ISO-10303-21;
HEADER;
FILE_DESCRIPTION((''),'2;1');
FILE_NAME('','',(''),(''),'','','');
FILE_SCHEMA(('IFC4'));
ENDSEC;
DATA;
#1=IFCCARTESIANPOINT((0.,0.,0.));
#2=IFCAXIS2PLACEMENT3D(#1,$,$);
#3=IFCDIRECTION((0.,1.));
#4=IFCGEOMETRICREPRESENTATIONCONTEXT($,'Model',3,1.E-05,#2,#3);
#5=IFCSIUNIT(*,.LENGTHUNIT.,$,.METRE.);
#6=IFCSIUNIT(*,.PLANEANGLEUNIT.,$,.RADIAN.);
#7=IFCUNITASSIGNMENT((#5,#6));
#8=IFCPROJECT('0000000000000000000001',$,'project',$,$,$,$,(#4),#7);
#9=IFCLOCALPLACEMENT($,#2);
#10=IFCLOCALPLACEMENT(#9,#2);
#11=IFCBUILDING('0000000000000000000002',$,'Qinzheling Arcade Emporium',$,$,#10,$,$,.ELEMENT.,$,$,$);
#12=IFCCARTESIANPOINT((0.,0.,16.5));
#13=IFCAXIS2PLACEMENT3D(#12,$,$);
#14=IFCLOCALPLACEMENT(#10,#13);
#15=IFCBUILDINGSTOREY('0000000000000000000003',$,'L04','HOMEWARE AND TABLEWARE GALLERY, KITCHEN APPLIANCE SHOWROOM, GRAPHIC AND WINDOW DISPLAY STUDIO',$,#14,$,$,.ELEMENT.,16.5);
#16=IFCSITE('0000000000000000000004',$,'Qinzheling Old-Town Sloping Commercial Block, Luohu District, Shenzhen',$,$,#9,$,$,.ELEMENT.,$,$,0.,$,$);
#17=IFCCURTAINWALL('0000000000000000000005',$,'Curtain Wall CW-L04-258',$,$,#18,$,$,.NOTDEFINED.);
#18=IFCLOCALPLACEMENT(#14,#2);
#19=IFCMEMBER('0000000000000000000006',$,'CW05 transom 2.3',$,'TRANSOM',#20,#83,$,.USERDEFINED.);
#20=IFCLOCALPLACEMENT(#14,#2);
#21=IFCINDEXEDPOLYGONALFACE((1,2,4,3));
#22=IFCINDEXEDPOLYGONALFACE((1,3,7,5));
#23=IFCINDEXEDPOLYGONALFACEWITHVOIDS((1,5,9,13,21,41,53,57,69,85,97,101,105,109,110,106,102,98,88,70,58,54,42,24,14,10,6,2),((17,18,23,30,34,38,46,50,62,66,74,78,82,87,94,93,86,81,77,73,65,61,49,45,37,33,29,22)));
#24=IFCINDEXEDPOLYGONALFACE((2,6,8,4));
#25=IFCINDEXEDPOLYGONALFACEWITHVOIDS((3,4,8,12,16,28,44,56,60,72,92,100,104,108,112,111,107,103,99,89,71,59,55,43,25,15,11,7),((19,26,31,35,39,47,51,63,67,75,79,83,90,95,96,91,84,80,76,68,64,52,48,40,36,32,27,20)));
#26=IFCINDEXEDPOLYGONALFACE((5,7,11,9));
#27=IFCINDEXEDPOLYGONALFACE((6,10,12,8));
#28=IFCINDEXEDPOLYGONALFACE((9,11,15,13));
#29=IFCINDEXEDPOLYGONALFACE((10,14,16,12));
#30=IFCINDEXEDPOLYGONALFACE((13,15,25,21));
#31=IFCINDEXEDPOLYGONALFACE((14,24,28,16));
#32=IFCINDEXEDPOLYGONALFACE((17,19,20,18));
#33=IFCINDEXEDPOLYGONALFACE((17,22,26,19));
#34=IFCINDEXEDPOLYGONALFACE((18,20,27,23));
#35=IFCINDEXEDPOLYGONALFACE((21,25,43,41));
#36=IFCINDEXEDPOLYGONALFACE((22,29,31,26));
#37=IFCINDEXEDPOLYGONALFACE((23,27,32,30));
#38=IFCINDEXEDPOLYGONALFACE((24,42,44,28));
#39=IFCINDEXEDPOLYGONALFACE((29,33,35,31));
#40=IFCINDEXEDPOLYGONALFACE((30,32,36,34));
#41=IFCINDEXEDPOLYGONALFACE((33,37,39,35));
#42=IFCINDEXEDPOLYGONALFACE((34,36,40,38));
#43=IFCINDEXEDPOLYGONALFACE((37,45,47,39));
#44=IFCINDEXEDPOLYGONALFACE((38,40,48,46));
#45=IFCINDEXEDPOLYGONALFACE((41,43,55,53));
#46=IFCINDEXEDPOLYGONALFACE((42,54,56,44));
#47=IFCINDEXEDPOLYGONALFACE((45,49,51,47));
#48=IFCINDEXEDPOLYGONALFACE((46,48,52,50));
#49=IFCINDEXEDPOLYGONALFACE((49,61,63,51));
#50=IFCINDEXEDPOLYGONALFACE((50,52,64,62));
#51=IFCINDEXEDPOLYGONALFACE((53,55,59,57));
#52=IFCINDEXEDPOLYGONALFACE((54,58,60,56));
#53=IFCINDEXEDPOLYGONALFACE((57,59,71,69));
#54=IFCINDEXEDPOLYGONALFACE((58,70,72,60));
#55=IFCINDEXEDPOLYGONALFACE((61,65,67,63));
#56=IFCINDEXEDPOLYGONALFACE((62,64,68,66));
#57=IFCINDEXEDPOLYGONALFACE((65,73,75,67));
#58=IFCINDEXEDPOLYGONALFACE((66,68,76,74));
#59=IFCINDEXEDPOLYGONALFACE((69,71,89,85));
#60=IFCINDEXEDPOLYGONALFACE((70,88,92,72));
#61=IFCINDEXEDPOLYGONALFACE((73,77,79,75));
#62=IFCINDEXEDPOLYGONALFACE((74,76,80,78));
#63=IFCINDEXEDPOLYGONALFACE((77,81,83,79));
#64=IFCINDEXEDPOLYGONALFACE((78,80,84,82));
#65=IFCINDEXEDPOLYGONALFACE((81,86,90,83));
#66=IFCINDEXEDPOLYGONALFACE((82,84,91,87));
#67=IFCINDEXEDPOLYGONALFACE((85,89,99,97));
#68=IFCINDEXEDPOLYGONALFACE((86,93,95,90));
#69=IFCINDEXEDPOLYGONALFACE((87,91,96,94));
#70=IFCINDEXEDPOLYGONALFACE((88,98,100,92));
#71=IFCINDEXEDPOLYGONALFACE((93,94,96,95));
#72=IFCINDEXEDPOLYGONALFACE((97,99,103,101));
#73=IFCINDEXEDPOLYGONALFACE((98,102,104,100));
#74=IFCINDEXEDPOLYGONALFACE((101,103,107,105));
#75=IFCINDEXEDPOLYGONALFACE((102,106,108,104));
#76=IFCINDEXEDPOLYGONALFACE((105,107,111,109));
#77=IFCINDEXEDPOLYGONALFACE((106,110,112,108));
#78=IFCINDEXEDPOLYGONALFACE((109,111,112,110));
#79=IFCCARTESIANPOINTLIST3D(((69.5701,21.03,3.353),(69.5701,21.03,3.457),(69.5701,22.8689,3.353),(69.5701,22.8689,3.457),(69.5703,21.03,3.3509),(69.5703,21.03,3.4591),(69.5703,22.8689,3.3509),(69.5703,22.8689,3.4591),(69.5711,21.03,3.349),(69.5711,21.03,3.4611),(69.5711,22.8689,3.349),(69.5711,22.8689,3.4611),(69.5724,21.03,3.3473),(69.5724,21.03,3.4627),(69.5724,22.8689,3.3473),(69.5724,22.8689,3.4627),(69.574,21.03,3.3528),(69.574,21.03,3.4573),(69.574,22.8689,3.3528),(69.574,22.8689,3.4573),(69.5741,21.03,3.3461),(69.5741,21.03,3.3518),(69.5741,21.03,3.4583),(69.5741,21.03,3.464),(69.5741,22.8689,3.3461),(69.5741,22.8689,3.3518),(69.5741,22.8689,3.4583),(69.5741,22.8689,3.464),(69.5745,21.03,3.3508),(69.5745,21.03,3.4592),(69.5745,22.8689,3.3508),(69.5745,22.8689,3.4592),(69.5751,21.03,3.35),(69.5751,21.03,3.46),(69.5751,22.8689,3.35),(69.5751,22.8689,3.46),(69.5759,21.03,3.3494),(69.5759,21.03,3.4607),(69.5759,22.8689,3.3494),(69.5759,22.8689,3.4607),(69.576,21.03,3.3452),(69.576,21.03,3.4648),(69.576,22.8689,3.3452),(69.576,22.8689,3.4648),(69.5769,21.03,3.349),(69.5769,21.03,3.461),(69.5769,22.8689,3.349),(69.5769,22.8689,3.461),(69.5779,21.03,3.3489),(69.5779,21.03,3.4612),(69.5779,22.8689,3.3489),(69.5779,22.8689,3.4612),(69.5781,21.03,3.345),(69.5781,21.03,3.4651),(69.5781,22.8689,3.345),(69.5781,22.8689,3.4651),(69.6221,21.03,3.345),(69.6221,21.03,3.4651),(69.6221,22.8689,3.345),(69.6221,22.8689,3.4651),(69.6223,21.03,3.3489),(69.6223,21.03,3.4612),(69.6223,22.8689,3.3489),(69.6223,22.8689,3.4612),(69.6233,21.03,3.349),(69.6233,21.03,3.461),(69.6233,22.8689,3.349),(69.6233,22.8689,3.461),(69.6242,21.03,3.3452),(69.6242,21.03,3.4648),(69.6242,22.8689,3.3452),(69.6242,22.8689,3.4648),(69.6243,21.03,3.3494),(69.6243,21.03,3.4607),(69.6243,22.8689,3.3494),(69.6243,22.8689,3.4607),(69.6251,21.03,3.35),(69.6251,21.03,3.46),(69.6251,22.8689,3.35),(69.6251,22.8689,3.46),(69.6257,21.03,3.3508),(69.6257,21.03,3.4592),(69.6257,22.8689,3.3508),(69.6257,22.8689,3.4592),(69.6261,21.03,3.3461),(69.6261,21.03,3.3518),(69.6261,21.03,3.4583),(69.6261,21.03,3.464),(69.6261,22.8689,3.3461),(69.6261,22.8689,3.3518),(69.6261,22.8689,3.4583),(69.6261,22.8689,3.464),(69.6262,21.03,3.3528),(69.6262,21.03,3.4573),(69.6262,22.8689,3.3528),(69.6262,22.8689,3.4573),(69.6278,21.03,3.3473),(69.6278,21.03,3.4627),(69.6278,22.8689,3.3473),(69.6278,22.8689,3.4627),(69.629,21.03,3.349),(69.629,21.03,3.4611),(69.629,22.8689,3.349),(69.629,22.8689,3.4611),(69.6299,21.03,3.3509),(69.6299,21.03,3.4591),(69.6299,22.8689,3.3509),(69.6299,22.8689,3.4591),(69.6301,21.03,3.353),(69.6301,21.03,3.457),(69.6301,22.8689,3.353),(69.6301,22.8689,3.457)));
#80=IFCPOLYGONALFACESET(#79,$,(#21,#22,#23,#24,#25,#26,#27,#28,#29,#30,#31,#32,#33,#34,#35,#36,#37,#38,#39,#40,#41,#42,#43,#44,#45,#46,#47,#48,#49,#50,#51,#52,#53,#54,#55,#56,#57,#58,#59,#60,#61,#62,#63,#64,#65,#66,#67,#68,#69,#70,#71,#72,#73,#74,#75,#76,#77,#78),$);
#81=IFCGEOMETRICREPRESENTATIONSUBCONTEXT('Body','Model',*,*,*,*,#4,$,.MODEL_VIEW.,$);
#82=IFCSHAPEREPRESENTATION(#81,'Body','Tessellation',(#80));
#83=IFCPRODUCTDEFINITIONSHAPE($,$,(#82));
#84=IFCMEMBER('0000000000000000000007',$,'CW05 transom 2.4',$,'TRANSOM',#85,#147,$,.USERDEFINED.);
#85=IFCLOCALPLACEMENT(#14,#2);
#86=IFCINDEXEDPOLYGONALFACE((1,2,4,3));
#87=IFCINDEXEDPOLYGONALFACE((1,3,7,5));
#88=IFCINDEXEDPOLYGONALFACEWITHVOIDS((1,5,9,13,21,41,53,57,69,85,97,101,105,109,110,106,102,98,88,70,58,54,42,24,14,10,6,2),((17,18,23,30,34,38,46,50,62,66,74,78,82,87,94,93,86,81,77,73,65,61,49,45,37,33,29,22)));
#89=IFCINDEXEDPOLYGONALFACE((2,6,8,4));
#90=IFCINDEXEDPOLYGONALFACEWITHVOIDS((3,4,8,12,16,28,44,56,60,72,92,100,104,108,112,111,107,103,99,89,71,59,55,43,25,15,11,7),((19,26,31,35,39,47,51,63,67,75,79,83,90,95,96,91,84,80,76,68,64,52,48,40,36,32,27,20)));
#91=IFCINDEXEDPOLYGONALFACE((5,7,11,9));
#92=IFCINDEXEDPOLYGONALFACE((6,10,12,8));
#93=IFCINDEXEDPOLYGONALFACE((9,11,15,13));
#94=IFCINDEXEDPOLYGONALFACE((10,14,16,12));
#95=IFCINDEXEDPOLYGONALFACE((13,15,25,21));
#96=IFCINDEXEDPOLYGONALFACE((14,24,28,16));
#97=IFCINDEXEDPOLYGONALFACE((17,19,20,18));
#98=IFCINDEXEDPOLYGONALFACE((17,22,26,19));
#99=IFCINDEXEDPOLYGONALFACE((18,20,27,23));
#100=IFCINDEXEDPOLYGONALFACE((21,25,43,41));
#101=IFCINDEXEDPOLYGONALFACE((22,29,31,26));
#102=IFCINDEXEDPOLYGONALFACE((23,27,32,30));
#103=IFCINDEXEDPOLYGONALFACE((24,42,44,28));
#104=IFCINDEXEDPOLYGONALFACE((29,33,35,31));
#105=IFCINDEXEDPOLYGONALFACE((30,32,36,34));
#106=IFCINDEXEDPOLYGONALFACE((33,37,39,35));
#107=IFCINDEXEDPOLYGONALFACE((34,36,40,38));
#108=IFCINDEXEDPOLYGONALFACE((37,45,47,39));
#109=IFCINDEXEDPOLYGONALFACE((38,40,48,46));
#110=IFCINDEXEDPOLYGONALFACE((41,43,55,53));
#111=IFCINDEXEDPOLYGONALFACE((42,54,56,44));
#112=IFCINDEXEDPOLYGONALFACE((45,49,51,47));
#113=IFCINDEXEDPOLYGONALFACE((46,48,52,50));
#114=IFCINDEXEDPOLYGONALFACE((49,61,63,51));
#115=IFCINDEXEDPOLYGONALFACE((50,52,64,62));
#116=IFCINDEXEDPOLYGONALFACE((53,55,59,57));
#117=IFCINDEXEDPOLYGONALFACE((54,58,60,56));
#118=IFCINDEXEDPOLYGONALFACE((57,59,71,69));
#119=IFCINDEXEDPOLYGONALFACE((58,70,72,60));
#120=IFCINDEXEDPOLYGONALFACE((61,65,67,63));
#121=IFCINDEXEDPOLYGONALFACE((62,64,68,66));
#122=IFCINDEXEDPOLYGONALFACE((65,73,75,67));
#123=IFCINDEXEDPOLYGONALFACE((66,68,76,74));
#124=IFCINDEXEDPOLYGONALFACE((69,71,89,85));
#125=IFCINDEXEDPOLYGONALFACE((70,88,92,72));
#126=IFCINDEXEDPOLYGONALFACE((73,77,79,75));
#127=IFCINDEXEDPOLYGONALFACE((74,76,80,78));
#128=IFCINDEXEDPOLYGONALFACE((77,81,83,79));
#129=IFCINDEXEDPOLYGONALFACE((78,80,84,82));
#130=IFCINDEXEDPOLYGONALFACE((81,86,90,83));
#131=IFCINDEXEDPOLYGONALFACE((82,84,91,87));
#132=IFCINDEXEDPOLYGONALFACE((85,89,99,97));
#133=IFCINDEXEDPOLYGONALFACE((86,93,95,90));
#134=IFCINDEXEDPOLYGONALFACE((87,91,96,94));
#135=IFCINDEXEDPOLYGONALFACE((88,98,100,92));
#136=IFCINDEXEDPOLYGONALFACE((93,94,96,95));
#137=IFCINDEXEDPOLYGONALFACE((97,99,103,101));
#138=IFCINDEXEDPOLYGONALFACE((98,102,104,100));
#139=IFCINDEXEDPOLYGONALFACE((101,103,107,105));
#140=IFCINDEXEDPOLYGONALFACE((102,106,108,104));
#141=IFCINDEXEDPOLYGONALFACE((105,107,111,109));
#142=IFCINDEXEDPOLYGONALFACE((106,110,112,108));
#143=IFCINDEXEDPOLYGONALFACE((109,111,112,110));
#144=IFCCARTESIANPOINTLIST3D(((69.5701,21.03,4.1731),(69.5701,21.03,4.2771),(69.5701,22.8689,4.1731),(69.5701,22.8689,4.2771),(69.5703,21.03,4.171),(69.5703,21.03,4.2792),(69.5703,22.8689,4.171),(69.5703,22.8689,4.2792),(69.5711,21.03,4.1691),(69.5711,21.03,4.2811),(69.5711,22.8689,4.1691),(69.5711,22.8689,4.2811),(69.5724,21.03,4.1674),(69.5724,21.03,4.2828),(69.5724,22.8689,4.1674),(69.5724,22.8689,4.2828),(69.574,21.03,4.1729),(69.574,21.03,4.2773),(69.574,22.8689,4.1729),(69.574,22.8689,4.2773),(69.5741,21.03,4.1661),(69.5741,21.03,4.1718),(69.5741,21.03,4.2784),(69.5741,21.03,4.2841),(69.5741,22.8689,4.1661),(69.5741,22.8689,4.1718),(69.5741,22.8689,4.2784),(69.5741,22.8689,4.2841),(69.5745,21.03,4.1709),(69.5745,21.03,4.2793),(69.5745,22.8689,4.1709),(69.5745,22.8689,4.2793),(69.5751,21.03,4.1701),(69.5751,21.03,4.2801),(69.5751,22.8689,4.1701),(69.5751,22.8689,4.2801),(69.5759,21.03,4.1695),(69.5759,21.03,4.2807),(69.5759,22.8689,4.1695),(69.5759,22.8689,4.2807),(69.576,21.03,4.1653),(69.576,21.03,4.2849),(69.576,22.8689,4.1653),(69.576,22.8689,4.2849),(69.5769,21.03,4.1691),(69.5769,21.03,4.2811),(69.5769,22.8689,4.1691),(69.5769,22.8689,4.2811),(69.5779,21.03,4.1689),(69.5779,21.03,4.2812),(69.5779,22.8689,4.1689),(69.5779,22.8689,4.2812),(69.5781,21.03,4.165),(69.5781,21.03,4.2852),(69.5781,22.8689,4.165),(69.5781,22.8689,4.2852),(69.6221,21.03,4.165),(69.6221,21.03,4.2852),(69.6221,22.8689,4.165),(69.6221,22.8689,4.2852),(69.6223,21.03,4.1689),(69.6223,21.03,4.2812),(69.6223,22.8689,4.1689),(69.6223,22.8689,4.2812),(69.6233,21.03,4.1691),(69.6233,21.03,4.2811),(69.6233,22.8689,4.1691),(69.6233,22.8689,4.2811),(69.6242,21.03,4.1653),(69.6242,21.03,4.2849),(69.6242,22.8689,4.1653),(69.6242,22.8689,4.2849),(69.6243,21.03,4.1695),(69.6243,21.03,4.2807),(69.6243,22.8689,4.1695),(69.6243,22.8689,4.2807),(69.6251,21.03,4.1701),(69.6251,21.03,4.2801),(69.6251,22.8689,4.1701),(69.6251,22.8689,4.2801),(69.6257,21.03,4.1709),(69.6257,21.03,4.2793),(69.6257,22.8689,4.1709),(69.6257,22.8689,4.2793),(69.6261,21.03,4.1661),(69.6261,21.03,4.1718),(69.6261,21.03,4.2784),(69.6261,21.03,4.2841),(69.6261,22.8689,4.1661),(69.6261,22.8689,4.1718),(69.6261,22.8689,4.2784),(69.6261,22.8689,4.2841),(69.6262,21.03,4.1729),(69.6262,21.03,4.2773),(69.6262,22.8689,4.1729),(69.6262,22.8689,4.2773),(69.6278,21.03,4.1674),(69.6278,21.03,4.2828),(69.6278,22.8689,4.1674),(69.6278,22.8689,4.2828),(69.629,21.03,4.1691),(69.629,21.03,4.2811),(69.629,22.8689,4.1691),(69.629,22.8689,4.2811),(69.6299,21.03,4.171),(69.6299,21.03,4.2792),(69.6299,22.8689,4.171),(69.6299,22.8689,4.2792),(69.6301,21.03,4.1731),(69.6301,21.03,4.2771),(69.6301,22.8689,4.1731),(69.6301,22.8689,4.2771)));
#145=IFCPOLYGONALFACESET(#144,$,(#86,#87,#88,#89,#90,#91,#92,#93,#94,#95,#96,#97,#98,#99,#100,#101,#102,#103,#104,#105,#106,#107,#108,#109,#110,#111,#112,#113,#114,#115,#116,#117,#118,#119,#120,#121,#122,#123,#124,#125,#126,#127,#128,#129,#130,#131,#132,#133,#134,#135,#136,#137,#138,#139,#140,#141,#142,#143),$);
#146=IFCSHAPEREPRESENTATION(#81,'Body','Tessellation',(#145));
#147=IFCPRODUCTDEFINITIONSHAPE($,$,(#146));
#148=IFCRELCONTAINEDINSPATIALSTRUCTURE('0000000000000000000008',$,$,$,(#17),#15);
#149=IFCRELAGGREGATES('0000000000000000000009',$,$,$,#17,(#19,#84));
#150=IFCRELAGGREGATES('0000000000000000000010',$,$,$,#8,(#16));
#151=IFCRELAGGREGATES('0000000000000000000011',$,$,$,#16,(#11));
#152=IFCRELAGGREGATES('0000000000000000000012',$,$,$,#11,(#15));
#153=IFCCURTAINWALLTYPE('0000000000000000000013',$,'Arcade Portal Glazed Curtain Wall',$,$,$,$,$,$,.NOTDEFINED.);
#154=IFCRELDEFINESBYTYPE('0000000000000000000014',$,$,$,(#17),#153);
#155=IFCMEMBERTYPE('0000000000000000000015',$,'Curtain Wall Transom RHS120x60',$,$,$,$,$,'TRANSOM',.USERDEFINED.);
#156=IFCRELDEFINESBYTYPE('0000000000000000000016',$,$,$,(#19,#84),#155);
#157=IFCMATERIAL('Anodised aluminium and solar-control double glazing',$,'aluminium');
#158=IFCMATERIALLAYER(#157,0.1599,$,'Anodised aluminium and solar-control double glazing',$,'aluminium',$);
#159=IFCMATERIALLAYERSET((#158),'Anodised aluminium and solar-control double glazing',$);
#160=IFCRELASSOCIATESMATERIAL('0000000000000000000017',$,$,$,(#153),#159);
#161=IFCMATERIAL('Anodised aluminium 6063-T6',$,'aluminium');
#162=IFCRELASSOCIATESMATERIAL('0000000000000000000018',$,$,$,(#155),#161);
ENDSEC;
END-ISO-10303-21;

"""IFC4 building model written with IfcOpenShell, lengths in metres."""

from ifc_helpers import new_model, si_unit, direction, frame, origin, origin_2d, place, context, subcontext, project, spatial, hollow_rectangle, extrude, material, layer, layer_set, material_profile, profile_set, type_object, element, aggregate, save


model = new_model("IFC4")

# Units and contexts
model_context = context("Model", 3, precision=1e-05, world=origin(), true_north=direction((0.0, 1.0)))
body_context = subcontext(model_context, "Body", "Model", "MODEL_VIEW")
ifc_project = project(units=[si_unit("LENGTHUNIT", "METRE"), si_unit("PLANEANGLEUNIT", "RADIAN")], contexts=[model_context])

# Site, building, storey
site_placement = place(None, origin())
site = spatial("IfcSite", under=ifc_project, at=site_placement, Name="Qinzheling Old-Town Sloping Commercial Block, Luohu District, Shenzhen", CompositionType="ELEMENT", RefElevation=0.0)
building_placement = place(site_placement, origin())
building = spatial("IfcBuilding", under=site, at=building_placement, Name="Qinzheling Arcade Emporium", CompositionType="ELEMENT")
storey_placement = place(building_placement, frame((0.0, 0.0, 16.5)))
storey = spatial("IfcBuildingStorey", under=building, at=storey_placement, Name="L04", Description="HOMEWARE AND TABLEWARE GALLERY, KITCHEN APPLIANCE SHOWROOM, GRAPHIC AND WINDOW DISPLAY STUDIO", CompositionType="ELEMENT", Elevation=16.5)

# Curtain wall, members
ifc_material_1 = material(Name="Anodised aluminium and solar-control double glazing", Category="aluminium")
ifc_layer_1 = layer(ifc_material_1, 0.1599, Name="Anodised aluminium and solar-control double glazing", Category="aluminium")
ifc_layer_set_1 = layer_set([ifc_layer_1], Name="Anodised aluminium and solar-control double glazing")
curtain_wall_type = type_object("IfcCurtainWallType", Name="Arcade Portal Glazed Curtain Wall", PredefinedType="NOTDEFINED", material=ifc_layer_set_1)
curtain_wall_placement = place(storey_placement, origin())
curtain_wall = element("IfcCurtainWall", 1, at=curtain_wall_placement, inside=storey, type_object=curtain_wall_type, Name="Curtain Wall CW-L04-258", PredefinedType="NOTDEFINED")
ifc_material_2 = material(Name="Anodised aluminium 6063-T6", Category="aluminium")
ifc_material_profile_1 = material_profile(ifc_material_2, hollow_rectangle(XDim=0.0601, YDim=0.1201, WallThickness=0.0039, InnerFilletRadius=0.0039, OuterFilletRadius=0.0081, at=origin_2d()), Name="RHS 120x60x4", Category="aluminium")
ifc_profile_set_1 = profile_set([ifc_material_profile_1], Name="Anodised aluminium 6063-T6")
member_type_1 = type_object("IfcMemberType", Name="Curtain Wall Transom RHS120x60", ElementType="TRANSOM", PredefinedType="USERDEFINED", material=ifc_profile_set_1)
member_1_placement = place(storey_placement, frame((69.6001, 22.8689, 3.405), z_axis=(0.0, -1.0, 0.0), x_axis=(1.0, 0.0, 0.0)))
member_1 = element("IfcMember", 2, at=member_1_placement, type_object=member_type_1, Name="CW05 transom 2.3", ObjectType="TRANSOM", PredefinedType="USERDEFINED", context=body_context, shape_type="SweptSolid", body=[
    extrude(hollow_rectangle(XDim=0.0601, YDim=0.1201, WallThickness=0.0039, InnerFilletRadius=0.0039, OuterFilletRadius=0.0081, at=origin_2d()), origin(), (0.0, 0.0, 1.0), 1.8389),
])
member_2_placement = place(storey_placement, frame((69.6001, 22.8689, 4.2251), z_axis=(0.0, -1.0, 0.0), x_axis=(1.0, 0.0, 0.0)))
member_2 = element("IfcMember", 3, at=member_2_placement, type_object=member_type_1, Name="CW05 transom 2.4", ObjectType="TRANSOM", PredefinedType="USERDEFINED", context=body_context, shape_type="SweptSolid", body=[
    extrude(hollow_rectangle(XDim=0.0601, YDim=0.1201, WallThickness=0.0039, InnerFilletRadius=0.0039, OuterFilletRadius=0.0081, at=origin_2d()), origin(), (0.0, 0.0, 1.0), 1.8389),
])
aggregate(curtain_wall, [member_1, member_2])

save(model, "model.ifc")
